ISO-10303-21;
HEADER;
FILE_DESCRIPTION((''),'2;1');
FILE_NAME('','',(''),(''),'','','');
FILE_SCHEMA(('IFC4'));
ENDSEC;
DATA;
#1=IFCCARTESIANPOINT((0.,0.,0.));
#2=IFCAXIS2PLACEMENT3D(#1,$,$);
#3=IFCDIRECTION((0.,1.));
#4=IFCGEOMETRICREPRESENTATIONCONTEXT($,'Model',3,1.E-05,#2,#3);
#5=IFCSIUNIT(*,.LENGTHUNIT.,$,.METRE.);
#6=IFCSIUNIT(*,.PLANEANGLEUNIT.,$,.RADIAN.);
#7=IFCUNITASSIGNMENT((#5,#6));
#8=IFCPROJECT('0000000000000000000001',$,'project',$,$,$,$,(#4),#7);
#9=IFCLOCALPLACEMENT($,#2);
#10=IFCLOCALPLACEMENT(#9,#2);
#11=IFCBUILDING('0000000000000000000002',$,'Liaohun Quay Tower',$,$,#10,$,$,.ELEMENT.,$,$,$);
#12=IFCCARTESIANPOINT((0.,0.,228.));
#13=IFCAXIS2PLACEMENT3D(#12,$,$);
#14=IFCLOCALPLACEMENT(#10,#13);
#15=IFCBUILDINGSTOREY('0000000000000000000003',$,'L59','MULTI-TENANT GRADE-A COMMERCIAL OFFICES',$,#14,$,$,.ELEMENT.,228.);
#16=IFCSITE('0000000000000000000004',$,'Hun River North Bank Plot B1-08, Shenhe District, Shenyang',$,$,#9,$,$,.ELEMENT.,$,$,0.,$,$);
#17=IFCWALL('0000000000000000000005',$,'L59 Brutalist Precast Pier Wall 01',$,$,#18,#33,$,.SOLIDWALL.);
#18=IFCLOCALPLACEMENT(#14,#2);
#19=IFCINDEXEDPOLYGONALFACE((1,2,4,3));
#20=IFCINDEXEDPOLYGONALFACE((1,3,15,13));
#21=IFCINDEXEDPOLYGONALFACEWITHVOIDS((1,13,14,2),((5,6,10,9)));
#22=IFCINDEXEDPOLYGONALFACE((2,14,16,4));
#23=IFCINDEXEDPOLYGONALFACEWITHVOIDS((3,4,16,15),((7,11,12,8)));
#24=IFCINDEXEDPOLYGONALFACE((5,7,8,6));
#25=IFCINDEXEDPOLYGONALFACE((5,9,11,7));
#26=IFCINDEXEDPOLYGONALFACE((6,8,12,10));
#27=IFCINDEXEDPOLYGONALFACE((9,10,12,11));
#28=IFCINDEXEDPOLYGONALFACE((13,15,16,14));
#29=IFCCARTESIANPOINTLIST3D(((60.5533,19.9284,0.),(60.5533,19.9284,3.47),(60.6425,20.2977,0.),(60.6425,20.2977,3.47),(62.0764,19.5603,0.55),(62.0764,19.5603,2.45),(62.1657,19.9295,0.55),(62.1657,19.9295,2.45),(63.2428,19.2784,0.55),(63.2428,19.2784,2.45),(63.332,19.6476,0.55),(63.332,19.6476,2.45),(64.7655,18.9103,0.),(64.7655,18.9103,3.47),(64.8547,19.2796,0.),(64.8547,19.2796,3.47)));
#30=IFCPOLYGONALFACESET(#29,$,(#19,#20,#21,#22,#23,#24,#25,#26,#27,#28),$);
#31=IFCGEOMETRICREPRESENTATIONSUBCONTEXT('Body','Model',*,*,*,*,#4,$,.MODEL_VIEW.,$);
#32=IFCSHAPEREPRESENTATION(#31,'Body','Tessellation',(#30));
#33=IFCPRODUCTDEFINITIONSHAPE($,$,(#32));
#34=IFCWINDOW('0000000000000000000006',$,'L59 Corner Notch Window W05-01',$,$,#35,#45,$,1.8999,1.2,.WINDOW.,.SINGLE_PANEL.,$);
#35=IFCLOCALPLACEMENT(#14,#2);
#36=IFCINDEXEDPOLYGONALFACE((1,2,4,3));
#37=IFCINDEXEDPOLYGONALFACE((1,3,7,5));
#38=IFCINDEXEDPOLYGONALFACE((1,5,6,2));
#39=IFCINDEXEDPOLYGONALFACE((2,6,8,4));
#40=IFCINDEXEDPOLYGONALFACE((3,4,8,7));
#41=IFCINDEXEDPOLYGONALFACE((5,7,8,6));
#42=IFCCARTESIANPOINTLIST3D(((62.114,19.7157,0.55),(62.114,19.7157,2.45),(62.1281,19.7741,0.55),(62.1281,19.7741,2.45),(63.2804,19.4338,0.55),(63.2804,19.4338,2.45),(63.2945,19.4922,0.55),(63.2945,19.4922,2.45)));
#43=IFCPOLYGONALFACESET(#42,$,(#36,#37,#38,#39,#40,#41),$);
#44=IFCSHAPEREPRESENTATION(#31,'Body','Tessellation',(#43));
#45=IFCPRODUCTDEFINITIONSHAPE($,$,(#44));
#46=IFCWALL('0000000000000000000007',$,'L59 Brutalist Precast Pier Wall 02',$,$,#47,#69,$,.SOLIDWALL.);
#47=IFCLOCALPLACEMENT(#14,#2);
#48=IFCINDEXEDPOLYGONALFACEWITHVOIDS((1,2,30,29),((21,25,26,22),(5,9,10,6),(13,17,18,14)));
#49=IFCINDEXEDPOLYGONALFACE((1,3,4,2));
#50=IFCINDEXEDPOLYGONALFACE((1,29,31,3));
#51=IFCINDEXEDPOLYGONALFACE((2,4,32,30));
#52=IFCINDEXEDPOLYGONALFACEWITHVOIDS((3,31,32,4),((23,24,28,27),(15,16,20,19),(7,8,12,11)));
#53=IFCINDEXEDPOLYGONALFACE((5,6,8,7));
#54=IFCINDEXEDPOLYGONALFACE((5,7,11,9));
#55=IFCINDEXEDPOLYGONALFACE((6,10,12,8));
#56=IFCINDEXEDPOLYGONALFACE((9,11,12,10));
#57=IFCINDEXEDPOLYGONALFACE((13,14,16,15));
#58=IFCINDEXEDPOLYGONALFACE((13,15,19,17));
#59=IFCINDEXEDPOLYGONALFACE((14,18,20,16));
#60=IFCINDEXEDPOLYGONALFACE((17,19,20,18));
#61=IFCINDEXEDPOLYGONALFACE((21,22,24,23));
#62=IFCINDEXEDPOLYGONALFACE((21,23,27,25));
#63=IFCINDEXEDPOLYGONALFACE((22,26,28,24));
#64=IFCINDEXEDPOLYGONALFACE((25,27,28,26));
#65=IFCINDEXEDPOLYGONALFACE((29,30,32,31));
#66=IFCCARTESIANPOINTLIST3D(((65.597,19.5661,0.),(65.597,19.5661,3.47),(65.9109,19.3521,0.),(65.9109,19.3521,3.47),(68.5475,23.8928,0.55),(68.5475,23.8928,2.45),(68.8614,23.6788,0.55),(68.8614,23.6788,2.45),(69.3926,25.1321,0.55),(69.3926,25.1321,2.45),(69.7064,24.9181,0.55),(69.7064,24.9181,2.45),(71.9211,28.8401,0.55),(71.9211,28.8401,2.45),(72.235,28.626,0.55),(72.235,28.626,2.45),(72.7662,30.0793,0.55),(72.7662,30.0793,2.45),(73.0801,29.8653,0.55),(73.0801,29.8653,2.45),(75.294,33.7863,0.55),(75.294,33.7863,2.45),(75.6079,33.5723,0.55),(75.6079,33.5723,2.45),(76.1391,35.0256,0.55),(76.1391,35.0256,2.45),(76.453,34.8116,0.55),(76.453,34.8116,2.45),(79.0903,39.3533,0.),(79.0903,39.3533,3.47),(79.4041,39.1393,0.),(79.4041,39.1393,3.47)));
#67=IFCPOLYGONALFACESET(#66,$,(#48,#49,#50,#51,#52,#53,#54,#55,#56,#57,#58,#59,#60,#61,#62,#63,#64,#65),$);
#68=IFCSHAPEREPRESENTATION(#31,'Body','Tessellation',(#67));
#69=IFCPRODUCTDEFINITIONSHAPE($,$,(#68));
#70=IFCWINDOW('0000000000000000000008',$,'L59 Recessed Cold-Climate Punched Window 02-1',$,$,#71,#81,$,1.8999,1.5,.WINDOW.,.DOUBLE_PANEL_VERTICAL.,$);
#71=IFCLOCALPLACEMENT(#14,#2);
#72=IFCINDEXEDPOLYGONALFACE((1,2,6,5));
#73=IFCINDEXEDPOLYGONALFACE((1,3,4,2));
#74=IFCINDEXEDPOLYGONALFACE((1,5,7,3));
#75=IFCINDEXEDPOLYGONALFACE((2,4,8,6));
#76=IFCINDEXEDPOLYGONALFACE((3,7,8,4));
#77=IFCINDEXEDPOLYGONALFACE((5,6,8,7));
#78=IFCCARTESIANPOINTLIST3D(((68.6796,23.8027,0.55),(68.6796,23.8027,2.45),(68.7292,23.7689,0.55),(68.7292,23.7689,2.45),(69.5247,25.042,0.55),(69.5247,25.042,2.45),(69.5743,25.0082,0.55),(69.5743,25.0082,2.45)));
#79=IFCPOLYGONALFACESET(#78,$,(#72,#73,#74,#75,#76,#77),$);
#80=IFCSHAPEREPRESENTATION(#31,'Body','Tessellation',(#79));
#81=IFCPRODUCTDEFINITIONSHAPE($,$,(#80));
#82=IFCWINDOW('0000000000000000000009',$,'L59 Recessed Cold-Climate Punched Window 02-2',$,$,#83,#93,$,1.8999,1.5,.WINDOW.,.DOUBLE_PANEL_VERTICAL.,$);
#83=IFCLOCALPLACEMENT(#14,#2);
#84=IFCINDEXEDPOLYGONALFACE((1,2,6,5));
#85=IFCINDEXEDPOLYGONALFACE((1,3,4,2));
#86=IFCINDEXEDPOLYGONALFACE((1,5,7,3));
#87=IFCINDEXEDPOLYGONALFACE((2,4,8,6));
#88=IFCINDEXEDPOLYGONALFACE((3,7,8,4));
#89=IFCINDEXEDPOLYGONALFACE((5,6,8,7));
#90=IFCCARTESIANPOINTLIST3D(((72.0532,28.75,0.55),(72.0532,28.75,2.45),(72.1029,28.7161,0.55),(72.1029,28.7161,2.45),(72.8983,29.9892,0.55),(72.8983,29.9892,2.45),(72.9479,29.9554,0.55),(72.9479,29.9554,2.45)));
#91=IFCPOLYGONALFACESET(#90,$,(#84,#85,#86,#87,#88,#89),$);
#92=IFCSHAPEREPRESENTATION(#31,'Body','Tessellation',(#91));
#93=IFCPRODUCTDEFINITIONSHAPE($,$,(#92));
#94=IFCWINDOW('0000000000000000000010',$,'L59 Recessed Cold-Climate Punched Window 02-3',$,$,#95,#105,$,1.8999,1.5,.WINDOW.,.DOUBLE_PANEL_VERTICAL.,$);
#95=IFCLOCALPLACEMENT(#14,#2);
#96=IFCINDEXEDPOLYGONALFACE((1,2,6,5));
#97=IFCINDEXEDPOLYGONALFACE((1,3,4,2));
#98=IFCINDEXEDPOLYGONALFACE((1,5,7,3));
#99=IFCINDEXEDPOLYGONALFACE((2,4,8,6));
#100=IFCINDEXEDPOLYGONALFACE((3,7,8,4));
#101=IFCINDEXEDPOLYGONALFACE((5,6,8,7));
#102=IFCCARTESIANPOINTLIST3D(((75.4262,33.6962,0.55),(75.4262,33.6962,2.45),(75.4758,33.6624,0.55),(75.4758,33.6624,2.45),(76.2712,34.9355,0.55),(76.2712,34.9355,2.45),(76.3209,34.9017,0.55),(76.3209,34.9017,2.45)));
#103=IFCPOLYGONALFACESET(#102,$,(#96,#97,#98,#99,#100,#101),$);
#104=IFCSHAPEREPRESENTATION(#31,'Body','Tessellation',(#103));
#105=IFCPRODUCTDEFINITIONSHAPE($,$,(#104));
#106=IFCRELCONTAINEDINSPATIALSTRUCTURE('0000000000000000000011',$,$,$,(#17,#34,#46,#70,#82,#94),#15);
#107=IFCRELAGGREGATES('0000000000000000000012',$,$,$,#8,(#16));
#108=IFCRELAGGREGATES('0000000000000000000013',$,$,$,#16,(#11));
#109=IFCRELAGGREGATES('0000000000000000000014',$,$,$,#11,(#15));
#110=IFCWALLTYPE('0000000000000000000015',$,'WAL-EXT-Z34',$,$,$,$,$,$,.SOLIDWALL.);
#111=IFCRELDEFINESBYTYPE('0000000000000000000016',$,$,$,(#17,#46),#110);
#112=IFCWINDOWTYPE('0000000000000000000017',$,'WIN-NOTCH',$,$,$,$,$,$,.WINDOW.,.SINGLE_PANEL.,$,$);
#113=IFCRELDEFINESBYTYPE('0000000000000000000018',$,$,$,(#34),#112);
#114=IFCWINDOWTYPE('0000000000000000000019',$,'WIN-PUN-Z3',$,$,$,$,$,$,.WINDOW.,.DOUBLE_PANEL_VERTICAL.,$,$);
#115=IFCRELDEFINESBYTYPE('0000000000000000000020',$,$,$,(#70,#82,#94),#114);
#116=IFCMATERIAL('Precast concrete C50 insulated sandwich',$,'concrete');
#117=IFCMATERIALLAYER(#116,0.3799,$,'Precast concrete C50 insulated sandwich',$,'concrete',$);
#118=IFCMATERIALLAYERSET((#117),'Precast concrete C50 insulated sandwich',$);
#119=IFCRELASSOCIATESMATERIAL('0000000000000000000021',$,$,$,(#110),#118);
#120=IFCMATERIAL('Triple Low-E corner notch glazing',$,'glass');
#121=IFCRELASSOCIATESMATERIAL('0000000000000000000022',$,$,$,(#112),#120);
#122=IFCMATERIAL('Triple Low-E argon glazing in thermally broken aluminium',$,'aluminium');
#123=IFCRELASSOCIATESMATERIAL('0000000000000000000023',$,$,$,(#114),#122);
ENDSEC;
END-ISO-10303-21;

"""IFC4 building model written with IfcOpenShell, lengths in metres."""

from ifc_helpers import new_model, si_unit, direction, frame, frame_2d, origin, place, context, subcontext, project, spatial, rectangle, extrude, source, transform, mapped, material, layer, layer_set, type_object, element, fill, save


model = new_model("IFC4")

# Units and contexts
model_context = context("Model", 3, precision=1e-05, world=origin(), true_north=direction((0.0, 1.0)))
body_context = subcontext(model_context, "Body", "Model", "MODEL_VIEW")
ifc_project = project(units=[si_unit("LENGTHUNIT", "METRE"), si_unit("PLANEANGLEUNIT", "RADIAN")], contexts=[model_context])

# Site, building, storey
site_placement = place(None, origin())
site = spatial("IfcSite", under=ifc_project, at=site_placement, Name="Hun River North Bank Plot B1-08, Shenhe District, Shenyang", CompositionType="ELEMENT", RefElevation=0.0)
building_placement = place(site_placement, origin())
building = spatial("IfcBuilding", under=site, at=building_placement, Name="Liaohun Quay Tower", CompositionType="ELEMENT")
storey_placement = place(building_placement, frame((0.0, 0.0, 228.0)))
storey = spatial("IfcBuildingStorey", under=building, at=storey_placement, Name="L59", Description="MULTI-TENANT GRADE-A COMMERCIAL OFFICES", CompositionType="ELEMENT", Elevation=228.0)

# Wall, opening, window
ifc_material_1 = material(Name="Precast concrete C50 insulated sandwich", Category="concrete")
ifc_layer_1 = layer(ifc_material_1, 0.3799, Name="Precast concrete C50 insulated sandwich", Category="concrete")
ifc_layer_set_1 = layer_set([ifc_layer_1], Name="Precast concrete C50 insulated sandwich")
wall_type_1 = type_object("IfcWallType", Name="WAL-EXT-Z34", PredefinedType="SOLIDWALL", material=ifc_layer_set_1)
wall_1_placement = place(storey_placement, frame((60.5979, 20.113, 0.0), z_axis=(0.0, 0.0, 1.0), x_axis=(0.972012, -0.234932, 0.0)))
wall_1 = element("IfcWall", 1, at=wall_1_placement, inside=storey, type_object=wall_type_1, Name="L59 Brutalist Precast Pier Wall 01", PredefinedType="SOLIDWALL", context=body_context, shape_type="SweptSolid", body=[
    extrude(rectangle(XDim=4.3335, YDim=0.3799, at=frame_2d((2.1667, 0.0))), origin(), (0.0, 0.0, 1.0), 3.47),
])
shared_shape_1 = source(origin(), body_context, "Body", "SweptSolid", [
    extrude(rectangle(XDim=1.2, YDim=1.8999, at=frame_2d((0.6001, 0.95))), frame((0.0, 0.2, 0.0), z_axis=(0.0, -1.0, 0.0), x_axis=(1.0, 0.0, 0.0)), (0.0, 0.0, 1.0), 0.3999),
])
opening_1_placement = place(wall_1_placement, frame((1.5669, 0.0, 0.55)))
opening_1 = element("IfcOpeningElement", 2, at=opening_1_placement, cuts=wall_1, PredefinedType="OPENING", context=body_context, shape_type="MappedRepresentation", body=[
    mapped(shared_shape_1, transform((0.0, 0.0, 0.0), x_axis=(1.0, 0.0, 0.0), y_axis=(0.0, 1.0, 0.0), z_axis=(0.0, 0.0, 1.0), scale=1.0)),
])
ifc_material_2 = material(Name="Triple Low-E corner notch glazing", Category="glass")
window_type_1 = type_object("IfcWindowType", Name="WIN-NOTCH", PartitioningType="SINGLE_PANEL", PredefinedType="WINDOW", material=ifc_material_2)
shared_shape_2 = source(origin(), body_context, "Body", "SweptSolid", [
    extrude(rectangle(XDim=1.2, YDim=1.8999, at=frame_2d((0.6001, 0.95))), frame((0.0, 0.03, 0.0), z_axis=(0.0, -1.0, 0.0), x_axis=(1.0, 0.0, 0.0)), (0.0, 0.0, 1.0), 0.0601),
])
window_1_placement = place(opening_1_placement, origin())
window_1 = element("IfcWindow", 3, at=window_1_placement, inside=storey, type_object=window_type_1, Name="L59 Corner Notch Window W05-01", OverallHeight=1.8999, OverallWidth=1.2, PartitioningType="SINGLE_PANEL", PredefinedType="WINDOW", context=body_context, shape_type="MappedRepresentation", body=[
    mapped(shared_shape_2, transform((0.0, 0.0, 0.0), x_axis=(1.0, 0.0, 0.0), y_axis=(0.0, 1.0, 0.0), z_axis=(0.0, 0.0, 1.0), scale=1.0)),
])
fill(opening_1, window_1)

# Wall, openings, windows
wall_2_placement = place(storey_placement, frame((65.7539, 19.459, 0.0), z_axis=(0.0, 0.0, 1.0), x_axis=(0.563392, 0.826189, 0.0)))
wall_2 = element("IfcWall", 4, at=wall_2_placement, inside=storey, type_object=wall_type_1, Name="L59 Brutalist Precast Pier Wall 02", PredefinedType="SOLIDWALL", context=body_context, shape_type="SweptSolid", body=[
    extrude(rectangle(XDim=23.95, YDim=0.3799, at=frame_2d((11.9751, 0.0))), origin(), (0.0, 0.0, 1.0), 3.47),
])
shared_shape_3 = source(origin(), body_context, "Body", "SweptSolid", [
    extrude(rectangle(XDim=1.5, YDim=1.8999, at=frame_2d((0.75, 0.95))), frame((0.0, 0.2, 0.0), z_axis=(0.0, -1.0, 0.0), x_axis=(1.0, 0.0, 0.0)), (0.0, 0.0, 1.0), 0.3999),
])
opening_2_placement = place(wall_2_placement, frame((5.2371, 0.0, 0.55)))
opening_2 = element("IfcOpeningElement", 5, at=opening_2_placement, cuts=wall_2, PredefinedType="OPENING", context=body_context, shape_type="MappedRepresentation", body=[
    mapped(shared_shape_3, transform((0.0, 0.0, 0.0), x_axis=(1.0, 0.0, 0.0), y_axis=(0.0, 1.0, 0.0), z_axis=(0.0, 0.0, 1.0), scale=1.0)),
])
opening_3_placement = place(wall_2_placement, frame((11.2251, 0.0, 0.55)))
opening_3 = element("IfcOpeningElement", 6, at=opening_3_placement, cuts=wall_2, PredefinedType="OPENING", context=body_context, shape_type="MappedRepresentation", body=[
    mapped(shared_shape_3, transform((0.0, 0.0, 0.0), x_axis=(1.0, 0.0, 0.0), y_axis=(0.0, 1.0, 0.0), z_axis=(0.0, 0.0, 1.0), scale=1.0)),
])
opening_4_placement = place(wall_2_placement, frame((17.2119, 0.0, 0.55)))
opening_4 = element("IfcOpeningElement", 7, at=opening_4_placement, cuts=wall_2, PredefinedType="OPENING", context=body_context, shape_type="MappedRepresentation", body=[
    mapped(shared_shape_3, transform((0.0, 0.0, 0.0), x_axis=(1.0, 0.0, 0.0), y_axis=(0.0, 1.0, 0.0), z_axis=(0.0, 0.0, 1.0), scale=1.0)),
])
ifc_material_3 = material(Name="Triple Low-E argon glazing in thermally broken aluminium", Category="aluminium")
window_type_2 = type_object("IfcWindowType", Name="WIN-PUN-Z3", PartitioningType="DOUBLE_PANEL_VERTICAL", PredefinedType="WINDOW", material=ifc_material_3)
shared_shape_4 = source(origin(), body_context, "Body", "SweptSolid", [
    extrude(rectangle(XDim=1.5, YDim=1.8999, at=frame_2d((0.75, 0.95))), frame((0.0, 0.03, 0.0), z_axis=(0.0, -1.0, 0.0), x_axis=(1.0, 0.0, 0.0)), (0.0, 0.0, 1.0), 0.0601),
])
window_2_placement = place(opening_2_placement, origin())
window_2 = element("IfcWindow", 8, at=window_2_placement, inside=storey, type_object=window_type_2, Name="L59 Recessed Cold-Climate Punched Window 02-1", OverallHeight=1.8999, OverallWidth=1.5, PartitioningType="DOUBLE_PANEL_VERTICAL", PredefinedType="WINDOW", context=body_context, shape_type="MappedRepresentation", body=[
    mapped(shared_shape_4, transform((0.0, 0.0, 0.0), x_axis=(1.0, 0.0, 0.0), y_axis=(0.0, 1.0, 0.0), z_axis=(0.0, 0.0, 1.0), scale=1.0)),
])
fill(opening_2, window_2)
window_3_placement = place(opening_3_placement, origin())
window_3 = element("IfcWindow", 9, at=window_3_placement, inside=storey, type_object=window_type_2, Name="L59 Recessed Cold-Climate Punched Window 02-2", OverallHeight=1.8999, OverallWidth=1.5, PartitioningType="DOUBLE_PANEL_VERTICAL", PredefinedType="WINDOW", context=body_context, shape_type="MappedRepresentation", body=[
    mapped(shared_shape_4, transform((0.0, 0.0, 0.0), x_axis=(1.0, 0.0, 0.0), y_axis=(0.0, 1.0, 0.0), z_axis=(0.0, 0.0, 1.0), scale=1.0)),
])
fill(opening_3, window_3)
window_4_placement = place(opening_4_placement, origin())
window_4 = element("IfcWindow", 10, at=window_4_placement, inside=storey, type_object=window_type_2, Name="L59 Recessed Cold-Climate Punched Window 02-3", OverallHeight=1.8999, OverallWidth=1.5, PartitioningType="DOUBLE_PANEL_VERTICAL", PredefinedType="WINDOW", context=body_context, shape_type="MappedRepresentation", body=[
    mapped(shared_shape_4, transform((0.0, 0.0, 0.0), x_axis=(1.0, 0.0, 0.0), y_axis=(0.0, 1.0, 0.0), z_axis=(0.0, 0.0, 1.0), scale=1.0)),
])
fill(opening_4, window_4)

save(model, "model.ifc")
